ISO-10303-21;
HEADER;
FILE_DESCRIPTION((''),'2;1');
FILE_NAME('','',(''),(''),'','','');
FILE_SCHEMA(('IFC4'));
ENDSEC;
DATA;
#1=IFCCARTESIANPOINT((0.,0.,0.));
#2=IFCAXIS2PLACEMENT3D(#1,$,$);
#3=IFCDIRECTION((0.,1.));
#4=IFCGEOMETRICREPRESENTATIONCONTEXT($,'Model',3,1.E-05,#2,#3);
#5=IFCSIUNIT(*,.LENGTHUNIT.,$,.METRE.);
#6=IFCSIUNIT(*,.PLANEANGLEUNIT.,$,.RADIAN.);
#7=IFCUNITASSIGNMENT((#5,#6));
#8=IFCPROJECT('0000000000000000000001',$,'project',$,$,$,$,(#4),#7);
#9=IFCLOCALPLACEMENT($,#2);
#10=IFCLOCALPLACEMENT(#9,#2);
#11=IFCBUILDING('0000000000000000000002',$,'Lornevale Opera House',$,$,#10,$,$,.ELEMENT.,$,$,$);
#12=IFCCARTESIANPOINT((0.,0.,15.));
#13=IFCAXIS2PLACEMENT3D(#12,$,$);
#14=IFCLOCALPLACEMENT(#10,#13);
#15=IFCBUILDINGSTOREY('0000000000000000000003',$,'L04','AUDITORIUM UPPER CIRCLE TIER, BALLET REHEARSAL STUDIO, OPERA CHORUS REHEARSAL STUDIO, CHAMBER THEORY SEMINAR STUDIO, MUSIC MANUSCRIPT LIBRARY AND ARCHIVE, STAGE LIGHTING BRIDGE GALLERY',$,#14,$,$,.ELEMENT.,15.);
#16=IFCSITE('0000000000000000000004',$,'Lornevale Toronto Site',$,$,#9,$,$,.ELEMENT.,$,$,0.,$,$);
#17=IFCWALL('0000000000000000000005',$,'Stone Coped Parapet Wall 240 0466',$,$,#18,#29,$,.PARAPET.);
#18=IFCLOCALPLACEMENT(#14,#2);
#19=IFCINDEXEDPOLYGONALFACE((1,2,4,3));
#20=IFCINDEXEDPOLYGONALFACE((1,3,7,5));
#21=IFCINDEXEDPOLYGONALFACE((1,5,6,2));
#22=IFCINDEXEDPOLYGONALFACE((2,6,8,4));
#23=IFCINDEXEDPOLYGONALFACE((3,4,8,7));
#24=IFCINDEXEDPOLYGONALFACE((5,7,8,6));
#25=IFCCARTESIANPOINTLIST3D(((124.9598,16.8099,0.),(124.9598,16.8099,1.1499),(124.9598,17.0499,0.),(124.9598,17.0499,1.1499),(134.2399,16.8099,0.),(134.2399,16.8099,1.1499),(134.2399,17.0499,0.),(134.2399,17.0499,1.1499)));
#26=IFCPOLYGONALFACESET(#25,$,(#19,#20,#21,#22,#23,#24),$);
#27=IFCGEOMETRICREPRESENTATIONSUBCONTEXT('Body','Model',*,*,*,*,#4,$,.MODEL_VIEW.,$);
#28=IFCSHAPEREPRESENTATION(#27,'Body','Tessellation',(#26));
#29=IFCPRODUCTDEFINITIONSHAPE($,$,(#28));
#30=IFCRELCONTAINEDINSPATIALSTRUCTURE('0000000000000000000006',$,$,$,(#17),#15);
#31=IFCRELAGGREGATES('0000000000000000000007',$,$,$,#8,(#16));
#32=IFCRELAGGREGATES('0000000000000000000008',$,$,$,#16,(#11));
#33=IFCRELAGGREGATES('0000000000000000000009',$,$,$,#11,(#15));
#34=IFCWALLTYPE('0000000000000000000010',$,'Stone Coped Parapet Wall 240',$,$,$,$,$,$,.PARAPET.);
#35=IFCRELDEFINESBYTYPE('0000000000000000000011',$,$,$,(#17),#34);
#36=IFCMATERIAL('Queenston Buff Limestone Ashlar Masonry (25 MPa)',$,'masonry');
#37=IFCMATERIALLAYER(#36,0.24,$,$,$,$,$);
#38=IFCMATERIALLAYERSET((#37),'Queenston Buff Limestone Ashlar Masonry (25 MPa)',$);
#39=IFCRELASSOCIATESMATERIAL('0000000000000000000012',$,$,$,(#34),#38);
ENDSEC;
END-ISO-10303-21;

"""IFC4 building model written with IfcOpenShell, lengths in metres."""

from ifc_helpers import new_model, si_unit, direction, frame, frame_2d, origin, place, context, subcontext, project, spatial, rectangle, extrude, material, layer, layer_set, type_object, element, save


model = new_model("IFC4")

# Units and contexts
model_context = context("Model", 3, precision=1e-05, world=origin(), true_north=direction((0.0, 1.0)))
body_context = subcontext(model_context, "Body", "Model", "MODEL_VIEW")
ifc_project = project(units=[si_unit("LENGTHUNIT", "METRE"), si_unit("PLANEANGLEUNIT", "RADIAN")], contexts=[model_context])

# Site, building, storey
site_placement = place(None, origin())
site = spatial("IfcSite", under=ifc_project, at=site_placement, Name="Lornevale Toronto Site", CompositionType="ELEMENT", RefElevation=0.0)
building_placement = place(site_placement, origin())
building = spatial("IfcBuilding", under=site, at=building_placement, Name="Lornevale Opera House", CompositionType="ELEMENT")
storey_placement = place(building_placement, frame((0.0, 0.0, 15.0)))
storey = spatial("IfcBuildingStorey", under=building, at=storey_placement, Name="L04", Description="AUDITORIUM UPPER CIRCLE TIER, BALLET REHEARSAL STUDIO, OPERA CHORUS REHEARSAL STUDIO, CHAMBER THEORY SEMINAR STUDIO, MUSIC MANUSCRIPT LIBRARY AND ARCHIVE, STAGE LIGHTING BRIDGE GALLERY", CompositionType="ELEMENT", Elevation=15.0)

# Wall
ifc_material_1 = material(Name="Queenston Buff Limestone Ashlar Masonry (25 MPa)", Category="masonry")
ifc_layer_1 = layer(ifc_material_1, 0.24)
ifc_layer_set_1 = layer_set([ifc_layer_1], Name="Queenston Buff Limestone Ashlar Masonry (25 MPa)")
wall_type = type_object("IfcWallType", Name="Stone Coped Parapet Wall 240", PredefinedType="PARAPET", material=ifc_layer_set_1)
wall_placement = place(storey_placement, frame((134.24, 16.9299, 0.0), z_axis=(0.0, 0.0, 1.0), x_axis=(-1.0, 0.0, 0.0)))
element("IfcWall", 1, at=wall_placement, inside=storey, type_object=wall_type, Name="Stone Coped Parapet Wall 240 0466", PredefinedType="PARAPET", context=body_context, shape_type="SweptSolid", body=[
    extrude(rectangle(XDim=9.28, YDim=0.24, at=frame_2d((4.6401, 0.0))), origin(), (0.0, 0.0, 1.0), 1.1499),
])

save(model, "model.ifc")
